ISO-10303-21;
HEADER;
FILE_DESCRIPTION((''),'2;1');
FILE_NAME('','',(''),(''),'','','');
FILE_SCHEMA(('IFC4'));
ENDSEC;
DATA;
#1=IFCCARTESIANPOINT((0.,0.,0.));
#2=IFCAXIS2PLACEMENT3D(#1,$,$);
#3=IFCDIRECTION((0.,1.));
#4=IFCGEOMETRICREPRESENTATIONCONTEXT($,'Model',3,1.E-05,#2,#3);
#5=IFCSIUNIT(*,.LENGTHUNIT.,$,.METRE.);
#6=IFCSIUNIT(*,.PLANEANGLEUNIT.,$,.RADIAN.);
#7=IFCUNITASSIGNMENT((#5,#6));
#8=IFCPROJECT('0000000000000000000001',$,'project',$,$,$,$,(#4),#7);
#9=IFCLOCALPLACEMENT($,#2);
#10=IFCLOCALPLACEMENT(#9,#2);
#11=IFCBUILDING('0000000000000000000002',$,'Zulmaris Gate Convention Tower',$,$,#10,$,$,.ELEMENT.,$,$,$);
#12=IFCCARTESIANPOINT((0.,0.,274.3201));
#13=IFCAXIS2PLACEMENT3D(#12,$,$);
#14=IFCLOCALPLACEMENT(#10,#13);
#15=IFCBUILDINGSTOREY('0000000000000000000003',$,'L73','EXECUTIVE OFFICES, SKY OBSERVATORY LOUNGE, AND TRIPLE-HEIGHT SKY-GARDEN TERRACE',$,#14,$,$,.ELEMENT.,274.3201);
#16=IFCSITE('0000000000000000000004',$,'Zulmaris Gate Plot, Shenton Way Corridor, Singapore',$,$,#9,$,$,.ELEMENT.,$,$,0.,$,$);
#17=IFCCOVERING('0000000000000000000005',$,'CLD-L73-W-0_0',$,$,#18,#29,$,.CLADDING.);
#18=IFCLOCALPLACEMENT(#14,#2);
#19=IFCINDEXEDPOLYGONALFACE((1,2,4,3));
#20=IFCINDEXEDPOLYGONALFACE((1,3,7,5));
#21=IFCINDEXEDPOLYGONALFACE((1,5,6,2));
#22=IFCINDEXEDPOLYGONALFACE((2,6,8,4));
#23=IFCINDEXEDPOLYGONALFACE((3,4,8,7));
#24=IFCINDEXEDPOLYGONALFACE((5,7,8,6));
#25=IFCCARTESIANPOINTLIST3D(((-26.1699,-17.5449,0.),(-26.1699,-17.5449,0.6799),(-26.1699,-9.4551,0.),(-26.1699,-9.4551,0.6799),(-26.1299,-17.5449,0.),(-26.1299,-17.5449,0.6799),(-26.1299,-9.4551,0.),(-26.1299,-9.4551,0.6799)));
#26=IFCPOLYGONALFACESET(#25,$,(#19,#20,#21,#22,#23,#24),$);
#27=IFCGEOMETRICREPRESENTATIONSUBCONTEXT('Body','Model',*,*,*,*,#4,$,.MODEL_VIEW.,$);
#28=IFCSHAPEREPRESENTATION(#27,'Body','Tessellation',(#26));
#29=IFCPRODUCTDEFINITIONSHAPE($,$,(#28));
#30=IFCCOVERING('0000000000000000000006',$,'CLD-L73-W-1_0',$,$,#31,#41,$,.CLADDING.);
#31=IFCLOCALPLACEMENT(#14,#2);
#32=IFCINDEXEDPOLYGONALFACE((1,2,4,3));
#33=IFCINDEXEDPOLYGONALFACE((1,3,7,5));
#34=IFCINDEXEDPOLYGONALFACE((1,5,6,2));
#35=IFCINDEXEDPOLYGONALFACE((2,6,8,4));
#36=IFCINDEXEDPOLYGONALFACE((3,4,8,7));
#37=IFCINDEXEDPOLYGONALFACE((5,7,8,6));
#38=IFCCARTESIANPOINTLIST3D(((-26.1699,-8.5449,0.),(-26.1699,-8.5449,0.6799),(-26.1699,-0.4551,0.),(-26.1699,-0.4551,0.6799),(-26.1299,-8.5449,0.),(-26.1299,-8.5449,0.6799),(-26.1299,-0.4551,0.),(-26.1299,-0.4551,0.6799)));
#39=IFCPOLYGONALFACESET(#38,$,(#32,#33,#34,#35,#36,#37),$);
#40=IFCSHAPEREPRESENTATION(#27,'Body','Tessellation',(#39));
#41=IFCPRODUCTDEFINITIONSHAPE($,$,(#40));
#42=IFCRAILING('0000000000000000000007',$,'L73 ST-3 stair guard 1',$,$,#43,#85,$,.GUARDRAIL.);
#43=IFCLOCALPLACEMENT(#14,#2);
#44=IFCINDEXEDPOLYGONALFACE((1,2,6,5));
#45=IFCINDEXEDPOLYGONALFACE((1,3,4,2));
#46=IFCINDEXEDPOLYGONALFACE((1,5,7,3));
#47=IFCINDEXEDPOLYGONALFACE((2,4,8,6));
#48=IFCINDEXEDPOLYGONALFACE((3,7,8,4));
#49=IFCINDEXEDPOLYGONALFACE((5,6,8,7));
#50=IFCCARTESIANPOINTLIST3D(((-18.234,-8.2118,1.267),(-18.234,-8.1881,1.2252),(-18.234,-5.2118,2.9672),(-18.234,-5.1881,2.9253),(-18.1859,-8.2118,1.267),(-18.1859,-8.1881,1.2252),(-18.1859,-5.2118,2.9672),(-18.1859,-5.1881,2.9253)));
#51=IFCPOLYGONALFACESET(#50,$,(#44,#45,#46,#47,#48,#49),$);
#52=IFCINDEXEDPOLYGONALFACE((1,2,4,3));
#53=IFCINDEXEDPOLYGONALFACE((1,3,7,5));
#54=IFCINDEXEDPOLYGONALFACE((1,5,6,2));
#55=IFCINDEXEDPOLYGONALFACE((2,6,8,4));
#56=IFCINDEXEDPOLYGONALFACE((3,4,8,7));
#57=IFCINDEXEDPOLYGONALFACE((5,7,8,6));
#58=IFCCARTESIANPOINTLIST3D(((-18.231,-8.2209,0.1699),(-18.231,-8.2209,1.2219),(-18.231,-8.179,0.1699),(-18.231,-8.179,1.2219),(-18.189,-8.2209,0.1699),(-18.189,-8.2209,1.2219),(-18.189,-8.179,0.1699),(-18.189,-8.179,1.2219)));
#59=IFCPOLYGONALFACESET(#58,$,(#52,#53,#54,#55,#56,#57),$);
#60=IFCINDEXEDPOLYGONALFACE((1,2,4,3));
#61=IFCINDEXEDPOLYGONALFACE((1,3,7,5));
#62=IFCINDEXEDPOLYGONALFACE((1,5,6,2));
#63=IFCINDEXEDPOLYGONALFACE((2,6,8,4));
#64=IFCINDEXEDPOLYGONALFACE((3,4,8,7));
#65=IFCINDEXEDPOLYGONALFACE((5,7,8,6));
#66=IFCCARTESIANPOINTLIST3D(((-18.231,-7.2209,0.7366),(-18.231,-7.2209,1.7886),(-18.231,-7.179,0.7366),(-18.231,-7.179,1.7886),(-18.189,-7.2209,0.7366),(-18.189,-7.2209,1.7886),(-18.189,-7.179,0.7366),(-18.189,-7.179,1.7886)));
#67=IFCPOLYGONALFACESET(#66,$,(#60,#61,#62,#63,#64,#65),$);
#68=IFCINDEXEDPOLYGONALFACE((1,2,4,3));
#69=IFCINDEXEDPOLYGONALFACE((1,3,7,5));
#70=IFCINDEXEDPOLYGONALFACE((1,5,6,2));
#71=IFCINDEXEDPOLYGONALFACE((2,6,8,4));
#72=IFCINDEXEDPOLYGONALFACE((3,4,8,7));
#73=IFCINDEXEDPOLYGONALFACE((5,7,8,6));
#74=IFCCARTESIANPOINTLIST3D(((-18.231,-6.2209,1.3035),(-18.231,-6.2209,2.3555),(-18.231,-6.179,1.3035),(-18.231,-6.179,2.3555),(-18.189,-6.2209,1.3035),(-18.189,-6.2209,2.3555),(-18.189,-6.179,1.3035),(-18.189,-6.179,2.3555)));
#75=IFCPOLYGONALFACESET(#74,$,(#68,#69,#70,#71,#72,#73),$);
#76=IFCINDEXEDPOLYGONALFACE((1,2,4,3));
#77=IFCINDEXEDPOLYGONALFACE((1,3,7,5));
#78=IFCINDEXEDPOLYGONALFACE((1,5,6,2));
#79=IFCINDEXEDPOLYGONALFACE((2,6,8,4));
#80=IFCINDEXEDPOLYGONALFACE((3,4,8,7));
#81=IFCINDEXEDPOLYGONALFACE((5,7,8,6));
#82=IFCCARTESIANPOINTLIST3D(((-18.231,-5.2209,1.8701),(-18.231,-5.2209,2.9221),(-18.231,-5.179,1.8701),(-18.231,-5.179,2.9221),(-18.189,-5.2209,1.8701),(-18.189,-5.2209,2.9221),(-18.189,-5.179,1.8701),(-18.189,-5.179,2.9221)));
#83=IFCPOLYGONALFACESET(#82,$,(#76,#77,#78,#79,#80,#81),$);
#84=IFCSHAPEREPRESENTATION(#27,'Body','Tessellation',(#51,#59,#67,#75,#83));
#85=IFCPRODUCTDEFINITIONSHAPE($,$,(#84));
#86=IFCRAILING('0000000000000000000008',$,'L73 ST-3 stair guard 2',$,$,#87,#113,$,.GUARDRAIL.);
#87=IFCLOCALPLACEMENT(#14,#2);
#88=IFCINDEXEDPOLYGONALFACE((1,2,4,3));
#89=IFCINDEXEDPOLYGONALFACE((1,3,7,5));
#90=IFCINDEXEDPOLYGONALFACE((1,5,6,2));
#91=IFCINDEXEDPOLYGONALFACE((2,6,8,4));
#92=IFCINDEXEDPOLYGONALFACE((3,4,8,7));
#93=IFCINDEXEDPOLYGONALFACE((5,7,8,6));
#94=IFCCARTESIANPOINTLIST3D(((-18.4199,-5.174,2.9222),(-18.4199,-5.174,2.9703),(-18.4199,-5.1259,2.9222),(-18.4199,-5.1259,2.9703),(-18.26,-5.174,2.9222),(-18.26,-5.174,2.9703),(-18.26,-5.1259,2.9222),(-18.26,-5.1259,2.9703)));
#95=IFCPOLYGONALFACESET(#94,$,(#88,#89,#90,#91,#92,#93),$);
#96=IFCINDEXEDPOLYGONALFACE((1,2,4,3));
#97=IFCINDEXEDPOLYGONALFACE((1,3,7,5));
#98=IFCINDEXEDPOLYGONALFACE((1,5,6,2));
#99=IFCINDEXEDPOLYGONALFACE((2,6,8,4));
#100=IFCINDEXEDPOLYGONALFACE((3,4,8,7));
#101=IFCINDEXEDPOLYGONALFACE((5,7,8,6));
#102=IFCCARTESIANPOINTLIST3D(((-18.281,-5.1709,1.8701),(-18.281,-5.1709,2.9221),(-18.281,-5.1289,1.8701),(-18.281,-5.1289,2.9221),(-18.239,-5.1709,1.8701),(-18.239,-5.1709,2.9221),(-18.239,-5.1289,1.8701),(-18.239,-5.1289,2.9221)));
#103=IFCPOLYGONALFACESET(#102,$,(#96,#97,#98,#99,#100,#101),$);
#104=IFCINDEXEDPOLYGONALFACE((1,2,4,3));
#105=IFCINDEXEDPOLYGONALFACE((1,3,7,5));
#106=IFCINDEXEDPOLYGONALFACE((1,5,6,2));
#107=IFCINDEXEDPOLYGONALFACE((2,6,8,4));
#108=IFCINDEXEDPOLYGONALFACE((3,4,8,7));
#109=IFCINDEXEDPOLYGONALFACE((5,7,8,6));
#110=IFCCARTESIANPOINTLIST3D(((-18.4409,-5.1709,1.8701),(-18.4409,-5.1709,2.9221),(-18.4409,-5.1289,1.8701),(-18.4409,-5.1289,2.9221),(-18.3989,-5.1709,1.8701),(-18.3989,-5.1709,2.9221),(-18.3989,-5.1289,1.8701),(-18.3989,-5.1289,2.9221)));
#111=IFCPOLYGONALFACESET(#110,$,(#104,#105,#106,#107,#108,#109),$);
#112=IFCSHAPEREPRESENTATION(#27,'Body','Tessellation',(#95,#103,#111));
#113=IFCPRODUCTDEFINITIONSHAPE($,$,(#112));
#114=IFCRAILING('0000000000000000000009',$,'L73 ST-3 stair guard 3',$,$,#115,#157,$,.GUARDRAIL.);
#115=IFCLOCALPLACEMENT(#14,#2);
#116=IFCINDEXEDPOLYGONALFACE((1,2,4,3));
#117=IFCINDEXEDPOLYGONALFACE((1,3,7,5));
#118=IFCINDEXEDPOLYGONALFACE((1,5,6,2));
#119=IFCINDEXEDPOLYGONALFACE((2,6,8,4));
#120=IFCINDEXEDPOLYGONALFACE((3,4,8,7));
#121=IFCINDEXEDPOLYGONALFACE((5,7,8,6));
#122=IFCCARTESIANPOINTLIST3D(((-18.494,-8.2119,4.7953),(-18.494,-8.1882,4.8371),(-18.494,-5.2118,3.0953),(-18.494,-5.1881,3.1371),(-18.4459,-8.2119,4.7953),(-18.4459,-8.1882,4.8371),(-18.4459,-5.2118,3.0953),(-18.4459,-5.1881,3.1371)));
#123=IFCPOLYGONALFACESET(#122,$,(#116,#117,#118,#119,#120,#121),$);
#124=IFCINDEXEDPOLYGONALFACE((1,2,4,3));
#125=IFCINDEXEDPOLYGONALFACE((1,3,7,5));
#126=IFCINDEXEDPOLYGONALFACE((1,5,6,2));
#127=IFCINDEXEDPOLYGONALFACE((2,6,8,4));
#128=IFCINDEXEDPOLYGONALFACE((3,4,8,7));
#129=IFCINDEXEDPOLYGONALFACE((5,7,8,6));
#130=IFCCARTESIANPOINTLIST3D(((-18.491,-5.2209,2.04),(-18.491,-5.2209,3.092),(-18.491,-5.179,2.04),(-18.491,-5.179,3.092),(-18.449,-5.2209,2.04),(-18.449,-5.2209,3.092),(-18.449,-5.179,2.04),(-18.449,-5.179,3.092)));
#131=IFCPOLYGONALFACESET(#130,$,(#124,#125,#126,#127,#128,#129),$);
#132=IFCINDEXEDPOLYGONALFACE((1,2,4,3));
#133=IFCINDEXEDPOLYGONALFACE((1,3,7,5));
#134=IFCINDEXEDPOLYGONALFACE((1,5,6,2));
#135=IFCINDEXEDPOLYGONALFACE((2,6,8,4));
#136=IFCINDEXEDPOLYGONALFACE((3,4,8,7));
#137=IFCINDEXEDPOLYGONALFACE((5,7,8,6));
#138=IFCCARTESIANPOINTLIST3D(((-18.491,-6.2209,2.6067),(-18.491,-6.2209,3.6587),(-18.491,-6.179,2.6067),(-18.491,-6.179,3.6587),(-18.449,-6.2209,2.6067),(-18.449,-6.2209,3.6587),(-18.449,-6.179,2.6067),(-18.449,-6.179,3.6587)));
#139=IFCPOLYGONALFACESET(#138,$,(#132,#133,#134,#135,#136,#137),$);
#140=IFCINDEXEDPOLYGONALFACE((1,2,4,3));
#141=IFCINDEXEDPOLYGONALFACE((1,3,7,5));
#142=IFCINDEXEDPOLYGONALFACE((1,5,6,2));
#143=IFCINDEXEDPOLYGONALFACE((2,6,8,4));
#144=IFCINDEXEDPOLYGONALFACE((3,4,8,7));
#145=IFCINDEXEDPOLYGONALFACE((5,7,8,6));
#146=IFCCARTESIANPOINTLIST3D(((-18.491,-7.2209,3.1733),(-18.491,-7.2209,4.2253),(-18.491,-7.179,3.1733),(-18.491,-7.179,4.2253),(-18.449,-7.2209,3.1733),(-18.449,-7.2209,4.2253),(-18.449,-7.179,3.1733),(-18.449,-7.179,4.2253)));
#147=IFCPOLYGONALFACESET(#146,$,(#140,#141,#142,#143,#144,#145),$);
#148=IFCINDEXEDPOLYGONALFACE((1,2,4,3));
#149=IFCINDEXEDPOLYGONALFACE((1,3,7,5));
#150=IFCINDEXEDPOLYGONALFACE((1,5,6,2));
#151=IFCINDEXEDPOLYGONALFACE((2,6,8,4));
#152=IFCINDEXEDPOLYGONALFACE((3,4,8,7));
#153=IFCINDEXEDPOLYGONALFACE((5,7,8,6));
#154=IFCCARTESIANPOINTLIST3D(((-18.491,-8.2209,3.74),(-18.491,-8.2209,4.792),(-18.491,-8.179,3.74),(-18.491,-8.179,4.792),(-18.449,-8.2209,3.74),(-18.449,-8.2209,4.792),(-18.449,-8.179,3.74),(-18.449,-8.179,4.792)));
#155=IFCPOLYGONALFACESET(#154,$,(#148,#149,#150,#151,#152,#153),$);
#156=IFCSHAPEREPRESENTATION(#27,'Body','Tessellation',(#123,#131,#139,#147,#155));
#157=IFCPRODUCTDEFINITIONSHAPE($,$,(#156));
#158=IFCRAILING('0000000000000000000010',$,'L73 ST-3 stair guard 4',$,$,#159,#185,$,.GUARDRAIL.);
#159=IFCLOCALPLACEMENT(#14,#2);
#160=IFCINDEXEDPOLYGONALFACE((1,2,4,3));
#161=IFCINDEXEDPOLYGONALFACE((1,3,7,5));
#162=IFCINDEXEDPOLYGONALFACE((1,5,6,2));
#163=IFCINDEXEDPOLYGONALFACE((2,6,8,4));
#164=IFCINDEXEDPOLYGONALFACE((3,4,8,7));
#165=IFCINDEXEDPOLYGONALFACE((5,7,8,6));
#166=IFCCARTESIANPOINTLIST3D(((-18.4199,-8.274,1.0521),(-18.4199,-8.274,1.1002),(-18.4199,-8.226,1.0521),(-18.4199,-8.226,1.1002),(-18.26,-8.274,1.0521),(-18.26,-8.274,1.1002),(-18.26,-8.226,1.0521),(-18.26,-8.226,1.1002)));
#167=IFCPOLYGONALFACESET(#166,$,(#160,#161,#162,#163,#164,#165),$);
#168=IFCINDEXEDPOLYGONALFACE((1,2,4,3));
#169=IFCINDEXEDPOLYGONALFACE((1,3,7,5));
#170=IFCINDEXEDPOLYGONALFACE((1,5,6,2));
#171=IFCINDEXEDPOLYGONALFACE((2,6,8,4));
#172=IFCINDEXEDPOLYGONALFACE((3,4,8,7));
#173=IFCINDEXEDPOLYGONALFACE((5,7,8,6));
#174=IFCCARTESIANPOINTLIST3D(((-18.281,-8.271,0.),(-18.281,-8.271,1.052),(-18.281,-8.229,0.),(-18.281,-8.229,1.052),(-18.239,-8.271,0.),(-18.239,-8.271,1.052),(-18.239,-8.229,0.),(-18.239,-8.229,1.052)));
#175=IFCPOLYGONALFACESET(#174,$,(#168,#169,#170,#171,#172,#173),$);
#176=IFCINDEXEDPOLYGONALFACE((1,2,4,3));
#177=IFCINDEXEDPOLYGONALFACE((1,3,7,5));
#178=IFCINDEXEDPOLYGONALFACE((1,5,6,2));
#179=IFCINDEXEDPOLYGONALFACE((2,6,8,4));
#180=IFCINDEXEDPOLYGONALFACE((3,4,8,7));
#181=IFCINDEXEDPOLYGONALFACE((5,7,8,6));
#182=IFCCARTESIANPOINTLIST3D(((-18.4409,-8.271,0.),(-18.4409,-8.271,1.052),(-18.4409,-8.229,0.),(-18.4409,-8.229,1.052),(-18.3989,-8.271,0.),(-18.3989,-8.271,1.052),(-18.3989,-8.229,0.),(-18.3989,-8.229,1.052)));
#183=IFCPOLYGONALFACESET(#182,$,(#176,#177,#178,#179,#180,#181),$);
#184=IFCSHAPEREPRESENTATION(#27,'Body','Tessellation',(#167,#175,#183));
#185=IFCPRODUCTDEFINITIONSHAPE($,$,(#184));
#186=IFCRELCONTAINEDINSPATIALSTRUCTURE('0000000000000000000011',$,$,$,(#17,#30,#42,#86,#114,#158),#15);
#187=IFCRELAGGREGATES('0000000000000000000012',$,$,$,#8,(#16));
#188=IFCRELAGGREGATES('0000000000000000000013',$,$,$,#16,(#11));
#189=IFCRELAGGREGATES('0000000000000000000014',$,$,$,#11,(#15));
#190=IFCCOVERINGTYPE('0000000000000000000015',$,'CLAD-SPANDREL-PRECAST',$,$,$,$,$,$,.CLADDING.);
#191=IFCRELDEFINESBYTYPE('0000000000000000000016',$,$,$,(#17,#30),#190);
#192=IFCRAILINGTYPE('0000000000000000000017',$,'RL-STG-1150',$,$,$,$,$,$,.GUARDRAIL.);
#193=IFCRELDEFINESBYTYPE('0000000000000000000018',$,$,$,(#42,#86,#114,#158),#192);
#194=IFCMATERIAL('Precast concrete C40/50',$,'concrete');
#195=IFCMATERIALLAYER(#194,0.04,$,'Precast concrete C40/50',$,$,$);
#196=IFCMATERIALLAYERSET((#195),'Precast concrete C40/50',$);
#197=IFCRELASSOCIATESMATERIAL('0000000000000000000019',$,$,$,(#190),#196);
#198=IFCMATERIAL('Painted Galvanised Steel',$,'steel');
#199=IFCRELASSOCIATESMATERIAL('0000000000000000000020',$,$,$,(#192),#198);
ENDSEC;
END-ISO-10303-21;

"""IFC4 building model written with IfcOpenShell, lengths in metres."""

from ifc_helpers import new_model, si_unit, direction, frame, frame_2d, origin, origin_2d, place, context, subcontext, project, spatial, rectangle, extrude, material, layer, layer_set, type_object, element, save


model = new_model("IFC4")

# Units and contexts
model_context = context("Model", 3, precision=1e-05, world=origin(), true_north=direction((0.0, 1.0)))
body_context = subcontext(model_context, "Body", "Model", "MODEL_VIEW")
ifc_project = project(units=[si_unit("LENGTHUNIT", "METRE"), si_unit("PLANEANGLEUNIT", "RADIAN")], contexts=[model_context])

# Site, building, storey
site_placement = place(None, origin())
site = spatial("IfcSite", under=ifc_project, at=site_placement, Name="Zulmaris Gate Plot, Shenton Way Corridor, Singapore", CompositionType="ELEMENT", RefElevation=0.0)
building_placement = place(site_placement, origin())
building = spatial("IfcBuilding", under=site, at=building_placement, Name="Zulmaris Gate Convention Tower", CompositionType="ELEMENT")
storey_placement = place(building_placement, frame((0.0, 0.0, 274.3201)))
storey = spatial("IfcBuildingStorey", under=building, at=storey_placement, Name="L73", Description="EXECUTIVE OFFICES, SKY OBSERVATORY LOUNGE, AND TRIPLE-HEIGHT SKY-GARDEN TERRACE", CompositionType="ELEMENT", Elevation=274.3201)

# Shared definitions
ifc_material_1 = material(Name="Precast concrete C40/50", Category="concrete")

# Coverings
ifc_layer_1 = layer(ifc_material_1, 0.04, Name="Precast concrete C40/50")
ifc_layer_set_1 = layer_set([ifc_layer_1], Name="Precast concrete C40/50")
covering_type = type_object("IfcCoveringType", Name="CLAD-SPANDREL-PRECAST", PredefinedType="CLADDING", material=ifc_layer_set_1)
for number, where, z_axis, x_axis, name in (
    (1, (-26.1499, -9.4551, 0.0), (0.0, 0.0, 1.0), (0.0, -1.0, 0.0), "CLD-L73-W-0_0"),
    (2, (-26.1499, -0.4551, 0.0), (0.0, 0.0, 1.0), (0.0, -1.0, 0.0), "CLD-L73-W-1_0"),
):
    element("IfcCovering", number, at=place(storey_placement, frame(where, z_axis=z_axis, x_axis=x_axis)), inside=storey, type_object=covering_type, Name=name, PredefinedType="CLADDING", context=body_context, shape_type="SweptSolid", body=[
        extrude(rectangle(XDim=8.0898, YDim=0.04, at=frame_2d((4.0449, 0.0))), origin(), (0.0, 0.0, 1.0), 0.6799),
    ])

# Railings
ifc_material_2 = material(Name="Painted Galvanised Steel", Category="steel")
railing_type_1 = type_object("IfcRailingType", Name="RL-STG-1150", PredefinedType="GUARDRAIL", material=ifc_material_2)
railing_1_placement = place(storey_placement, frame((-18.21, -8.2, 0.1699)))
element("IfcRailing", 3, at=railing_1_placement, inside=storey, type_object=railing_type_1, Name="L73 ST-3 stair guard 1", PredefinedType="GUARDRAIL", context=body_context, shape_type="SweptSolid", body=[
    extrude(rectangle(XDim=0.0481, YDim=0.0481, at=origin_2d()), frame((0.0, 0.0, 1.0762), z_axis=(0.0, 0.869998, 0.493055), x_axis=(-1.0, 0.0, 0.0)), (0.0, 0.0, 1.0), 3.4482),
    extrude(rectangle(XDim=0.042, YDim=0.042, at=origin_2d()), origin(), (0.0, 0.0, 1.0), 1.052),
    extrude(rectangle(XDim=0.042, YDim=0.042, at=origin_2d()), frame((0.0, 1.0, 0.5667)), (0.0, 0.0, 1.0), 1.052),
    extrude(rectangle(XDim=0.042, YDim=0.042, at=origin_2d()), frame((0.0, 2.0, 1.1335)), (0.0, 0.0, 1.0), 1.052),
    extrude(rectangle(XDim=0.042, YDim=0.042, at=origin_2d()), frame((0.0, 3.0, 1.7002)), (0.0, 0.0, 1.0), 1.052),
])
railing_2_placement = place(storey_placement, frame((-18.26, -5.1499, 1.8701)))
element("IfcRailing", 4, at=railing_2_placement, inside=storey, type_object=railing_type_1, Name="L73 ST-3 stair guard 2", PredefinedType="GUARDRAIL", context=body_context, shape_type="SweptSolid", body=[
    extrude(rectangle(XDim=0.0481, YDim=0.0481, at=origin_2d()), frame((0.0, 0.0, 1.0762), z_axis=(-1.0, 0.0, 0.0), x_axis=(0.0, -1.0, 0.0)), (0.0, 0.0, 1.0), 0.1599),
    extrude(rectangle(XDim=0.042, YDim=0.042, at=origin_2d()), origin(), (0.0, 0.0, 1.0), 1.052),
    extrude(rectangle(XDim=0.042, YDim=0.042, at=origin_2d()), frame((-0.1599, 0.0, 0.0)), (0.0, 0.0, 1.0), 1.052),
])
railing_3_placement = place(storey_placement, frame((-18.47, -5.2, 2.04)))
element("IfcRailing", 5, at=railing_3_placement, inside=storey, type_object=railing_type_1, Name="L73 ST-3 stair guard 3", PredefinedType="GUARDRAIL", context=body_context, shape_type="SweptSolid", body=[
    extrude(rectangle(XDim=0.0481, YDim=0.0481, at=origin_2d()), frame((0.0, 0.0, 1.0762), z_axis=(0.0, -0.870028, 0.493002), x_axis=(1.0, 0.0, 0.0)), (0.0, 0.0, 1.0), 3.4482),
    extrude(rectangle(XDim=0.042, YDim=0.042, at=origin_2d()), origin(), (0.0, 0.0, 1.0), 1.052),
    extrude(rectangle(XDim=0.042, YDim=0.042, at=origin_2d()), frame((0.0, -1.0, 0.5667)), (0.0, 0.0, 1.0), 1.052),
    extrude(rectangle(XDim=0.042, YDim=0.042, at=origin_2d()), frame((0.0, -2.0, 1.1333)), (0.0, 0.0, 1.0), 1.052),
    extrude(rectangle(XDim=0.042, YDim=0.042, at=origin_2d()), frame((0.0, -3.0, 1.7)), (0.0, 0.0, 1.0), 1.052),
])
railing_4_placement = place(storey_placement, frame((-18.26, -8.25, 0.0)))
element("IfcRailing", 6, at=railing_4_placement, inside=storey, type_object=railing_type_1, Name="L73 ST-3 stair guard 4", PredefinedType="GUARDRAIL", context=body_context, shape_type="SweptSolid", body=[
    extrude(rectangle(XDim=0.0481, YDim=0.0481, at=origin_2d()), frame((0.0, 0.0, 1.0762), z_axis=(-1.0, 0.0, 0.0), x_axis=(0.0, -1.0, 0.0)), (0.0, 0.0, 1.0), 0.1599),
    extrude(rectangle(XDim=0.042, YDim=0.042, at=origin_2d()), origin(), (0.0, 0.0, 1.0), 1.052),
    extrude(rectangle(XDim=0.042, YDim=0.042, at=origin_2d()), frame((-0.1599, 0.0, 0.0)), (0.0, 0.0, 1.0), 1.052),
])

save(model, "model.ifc")
